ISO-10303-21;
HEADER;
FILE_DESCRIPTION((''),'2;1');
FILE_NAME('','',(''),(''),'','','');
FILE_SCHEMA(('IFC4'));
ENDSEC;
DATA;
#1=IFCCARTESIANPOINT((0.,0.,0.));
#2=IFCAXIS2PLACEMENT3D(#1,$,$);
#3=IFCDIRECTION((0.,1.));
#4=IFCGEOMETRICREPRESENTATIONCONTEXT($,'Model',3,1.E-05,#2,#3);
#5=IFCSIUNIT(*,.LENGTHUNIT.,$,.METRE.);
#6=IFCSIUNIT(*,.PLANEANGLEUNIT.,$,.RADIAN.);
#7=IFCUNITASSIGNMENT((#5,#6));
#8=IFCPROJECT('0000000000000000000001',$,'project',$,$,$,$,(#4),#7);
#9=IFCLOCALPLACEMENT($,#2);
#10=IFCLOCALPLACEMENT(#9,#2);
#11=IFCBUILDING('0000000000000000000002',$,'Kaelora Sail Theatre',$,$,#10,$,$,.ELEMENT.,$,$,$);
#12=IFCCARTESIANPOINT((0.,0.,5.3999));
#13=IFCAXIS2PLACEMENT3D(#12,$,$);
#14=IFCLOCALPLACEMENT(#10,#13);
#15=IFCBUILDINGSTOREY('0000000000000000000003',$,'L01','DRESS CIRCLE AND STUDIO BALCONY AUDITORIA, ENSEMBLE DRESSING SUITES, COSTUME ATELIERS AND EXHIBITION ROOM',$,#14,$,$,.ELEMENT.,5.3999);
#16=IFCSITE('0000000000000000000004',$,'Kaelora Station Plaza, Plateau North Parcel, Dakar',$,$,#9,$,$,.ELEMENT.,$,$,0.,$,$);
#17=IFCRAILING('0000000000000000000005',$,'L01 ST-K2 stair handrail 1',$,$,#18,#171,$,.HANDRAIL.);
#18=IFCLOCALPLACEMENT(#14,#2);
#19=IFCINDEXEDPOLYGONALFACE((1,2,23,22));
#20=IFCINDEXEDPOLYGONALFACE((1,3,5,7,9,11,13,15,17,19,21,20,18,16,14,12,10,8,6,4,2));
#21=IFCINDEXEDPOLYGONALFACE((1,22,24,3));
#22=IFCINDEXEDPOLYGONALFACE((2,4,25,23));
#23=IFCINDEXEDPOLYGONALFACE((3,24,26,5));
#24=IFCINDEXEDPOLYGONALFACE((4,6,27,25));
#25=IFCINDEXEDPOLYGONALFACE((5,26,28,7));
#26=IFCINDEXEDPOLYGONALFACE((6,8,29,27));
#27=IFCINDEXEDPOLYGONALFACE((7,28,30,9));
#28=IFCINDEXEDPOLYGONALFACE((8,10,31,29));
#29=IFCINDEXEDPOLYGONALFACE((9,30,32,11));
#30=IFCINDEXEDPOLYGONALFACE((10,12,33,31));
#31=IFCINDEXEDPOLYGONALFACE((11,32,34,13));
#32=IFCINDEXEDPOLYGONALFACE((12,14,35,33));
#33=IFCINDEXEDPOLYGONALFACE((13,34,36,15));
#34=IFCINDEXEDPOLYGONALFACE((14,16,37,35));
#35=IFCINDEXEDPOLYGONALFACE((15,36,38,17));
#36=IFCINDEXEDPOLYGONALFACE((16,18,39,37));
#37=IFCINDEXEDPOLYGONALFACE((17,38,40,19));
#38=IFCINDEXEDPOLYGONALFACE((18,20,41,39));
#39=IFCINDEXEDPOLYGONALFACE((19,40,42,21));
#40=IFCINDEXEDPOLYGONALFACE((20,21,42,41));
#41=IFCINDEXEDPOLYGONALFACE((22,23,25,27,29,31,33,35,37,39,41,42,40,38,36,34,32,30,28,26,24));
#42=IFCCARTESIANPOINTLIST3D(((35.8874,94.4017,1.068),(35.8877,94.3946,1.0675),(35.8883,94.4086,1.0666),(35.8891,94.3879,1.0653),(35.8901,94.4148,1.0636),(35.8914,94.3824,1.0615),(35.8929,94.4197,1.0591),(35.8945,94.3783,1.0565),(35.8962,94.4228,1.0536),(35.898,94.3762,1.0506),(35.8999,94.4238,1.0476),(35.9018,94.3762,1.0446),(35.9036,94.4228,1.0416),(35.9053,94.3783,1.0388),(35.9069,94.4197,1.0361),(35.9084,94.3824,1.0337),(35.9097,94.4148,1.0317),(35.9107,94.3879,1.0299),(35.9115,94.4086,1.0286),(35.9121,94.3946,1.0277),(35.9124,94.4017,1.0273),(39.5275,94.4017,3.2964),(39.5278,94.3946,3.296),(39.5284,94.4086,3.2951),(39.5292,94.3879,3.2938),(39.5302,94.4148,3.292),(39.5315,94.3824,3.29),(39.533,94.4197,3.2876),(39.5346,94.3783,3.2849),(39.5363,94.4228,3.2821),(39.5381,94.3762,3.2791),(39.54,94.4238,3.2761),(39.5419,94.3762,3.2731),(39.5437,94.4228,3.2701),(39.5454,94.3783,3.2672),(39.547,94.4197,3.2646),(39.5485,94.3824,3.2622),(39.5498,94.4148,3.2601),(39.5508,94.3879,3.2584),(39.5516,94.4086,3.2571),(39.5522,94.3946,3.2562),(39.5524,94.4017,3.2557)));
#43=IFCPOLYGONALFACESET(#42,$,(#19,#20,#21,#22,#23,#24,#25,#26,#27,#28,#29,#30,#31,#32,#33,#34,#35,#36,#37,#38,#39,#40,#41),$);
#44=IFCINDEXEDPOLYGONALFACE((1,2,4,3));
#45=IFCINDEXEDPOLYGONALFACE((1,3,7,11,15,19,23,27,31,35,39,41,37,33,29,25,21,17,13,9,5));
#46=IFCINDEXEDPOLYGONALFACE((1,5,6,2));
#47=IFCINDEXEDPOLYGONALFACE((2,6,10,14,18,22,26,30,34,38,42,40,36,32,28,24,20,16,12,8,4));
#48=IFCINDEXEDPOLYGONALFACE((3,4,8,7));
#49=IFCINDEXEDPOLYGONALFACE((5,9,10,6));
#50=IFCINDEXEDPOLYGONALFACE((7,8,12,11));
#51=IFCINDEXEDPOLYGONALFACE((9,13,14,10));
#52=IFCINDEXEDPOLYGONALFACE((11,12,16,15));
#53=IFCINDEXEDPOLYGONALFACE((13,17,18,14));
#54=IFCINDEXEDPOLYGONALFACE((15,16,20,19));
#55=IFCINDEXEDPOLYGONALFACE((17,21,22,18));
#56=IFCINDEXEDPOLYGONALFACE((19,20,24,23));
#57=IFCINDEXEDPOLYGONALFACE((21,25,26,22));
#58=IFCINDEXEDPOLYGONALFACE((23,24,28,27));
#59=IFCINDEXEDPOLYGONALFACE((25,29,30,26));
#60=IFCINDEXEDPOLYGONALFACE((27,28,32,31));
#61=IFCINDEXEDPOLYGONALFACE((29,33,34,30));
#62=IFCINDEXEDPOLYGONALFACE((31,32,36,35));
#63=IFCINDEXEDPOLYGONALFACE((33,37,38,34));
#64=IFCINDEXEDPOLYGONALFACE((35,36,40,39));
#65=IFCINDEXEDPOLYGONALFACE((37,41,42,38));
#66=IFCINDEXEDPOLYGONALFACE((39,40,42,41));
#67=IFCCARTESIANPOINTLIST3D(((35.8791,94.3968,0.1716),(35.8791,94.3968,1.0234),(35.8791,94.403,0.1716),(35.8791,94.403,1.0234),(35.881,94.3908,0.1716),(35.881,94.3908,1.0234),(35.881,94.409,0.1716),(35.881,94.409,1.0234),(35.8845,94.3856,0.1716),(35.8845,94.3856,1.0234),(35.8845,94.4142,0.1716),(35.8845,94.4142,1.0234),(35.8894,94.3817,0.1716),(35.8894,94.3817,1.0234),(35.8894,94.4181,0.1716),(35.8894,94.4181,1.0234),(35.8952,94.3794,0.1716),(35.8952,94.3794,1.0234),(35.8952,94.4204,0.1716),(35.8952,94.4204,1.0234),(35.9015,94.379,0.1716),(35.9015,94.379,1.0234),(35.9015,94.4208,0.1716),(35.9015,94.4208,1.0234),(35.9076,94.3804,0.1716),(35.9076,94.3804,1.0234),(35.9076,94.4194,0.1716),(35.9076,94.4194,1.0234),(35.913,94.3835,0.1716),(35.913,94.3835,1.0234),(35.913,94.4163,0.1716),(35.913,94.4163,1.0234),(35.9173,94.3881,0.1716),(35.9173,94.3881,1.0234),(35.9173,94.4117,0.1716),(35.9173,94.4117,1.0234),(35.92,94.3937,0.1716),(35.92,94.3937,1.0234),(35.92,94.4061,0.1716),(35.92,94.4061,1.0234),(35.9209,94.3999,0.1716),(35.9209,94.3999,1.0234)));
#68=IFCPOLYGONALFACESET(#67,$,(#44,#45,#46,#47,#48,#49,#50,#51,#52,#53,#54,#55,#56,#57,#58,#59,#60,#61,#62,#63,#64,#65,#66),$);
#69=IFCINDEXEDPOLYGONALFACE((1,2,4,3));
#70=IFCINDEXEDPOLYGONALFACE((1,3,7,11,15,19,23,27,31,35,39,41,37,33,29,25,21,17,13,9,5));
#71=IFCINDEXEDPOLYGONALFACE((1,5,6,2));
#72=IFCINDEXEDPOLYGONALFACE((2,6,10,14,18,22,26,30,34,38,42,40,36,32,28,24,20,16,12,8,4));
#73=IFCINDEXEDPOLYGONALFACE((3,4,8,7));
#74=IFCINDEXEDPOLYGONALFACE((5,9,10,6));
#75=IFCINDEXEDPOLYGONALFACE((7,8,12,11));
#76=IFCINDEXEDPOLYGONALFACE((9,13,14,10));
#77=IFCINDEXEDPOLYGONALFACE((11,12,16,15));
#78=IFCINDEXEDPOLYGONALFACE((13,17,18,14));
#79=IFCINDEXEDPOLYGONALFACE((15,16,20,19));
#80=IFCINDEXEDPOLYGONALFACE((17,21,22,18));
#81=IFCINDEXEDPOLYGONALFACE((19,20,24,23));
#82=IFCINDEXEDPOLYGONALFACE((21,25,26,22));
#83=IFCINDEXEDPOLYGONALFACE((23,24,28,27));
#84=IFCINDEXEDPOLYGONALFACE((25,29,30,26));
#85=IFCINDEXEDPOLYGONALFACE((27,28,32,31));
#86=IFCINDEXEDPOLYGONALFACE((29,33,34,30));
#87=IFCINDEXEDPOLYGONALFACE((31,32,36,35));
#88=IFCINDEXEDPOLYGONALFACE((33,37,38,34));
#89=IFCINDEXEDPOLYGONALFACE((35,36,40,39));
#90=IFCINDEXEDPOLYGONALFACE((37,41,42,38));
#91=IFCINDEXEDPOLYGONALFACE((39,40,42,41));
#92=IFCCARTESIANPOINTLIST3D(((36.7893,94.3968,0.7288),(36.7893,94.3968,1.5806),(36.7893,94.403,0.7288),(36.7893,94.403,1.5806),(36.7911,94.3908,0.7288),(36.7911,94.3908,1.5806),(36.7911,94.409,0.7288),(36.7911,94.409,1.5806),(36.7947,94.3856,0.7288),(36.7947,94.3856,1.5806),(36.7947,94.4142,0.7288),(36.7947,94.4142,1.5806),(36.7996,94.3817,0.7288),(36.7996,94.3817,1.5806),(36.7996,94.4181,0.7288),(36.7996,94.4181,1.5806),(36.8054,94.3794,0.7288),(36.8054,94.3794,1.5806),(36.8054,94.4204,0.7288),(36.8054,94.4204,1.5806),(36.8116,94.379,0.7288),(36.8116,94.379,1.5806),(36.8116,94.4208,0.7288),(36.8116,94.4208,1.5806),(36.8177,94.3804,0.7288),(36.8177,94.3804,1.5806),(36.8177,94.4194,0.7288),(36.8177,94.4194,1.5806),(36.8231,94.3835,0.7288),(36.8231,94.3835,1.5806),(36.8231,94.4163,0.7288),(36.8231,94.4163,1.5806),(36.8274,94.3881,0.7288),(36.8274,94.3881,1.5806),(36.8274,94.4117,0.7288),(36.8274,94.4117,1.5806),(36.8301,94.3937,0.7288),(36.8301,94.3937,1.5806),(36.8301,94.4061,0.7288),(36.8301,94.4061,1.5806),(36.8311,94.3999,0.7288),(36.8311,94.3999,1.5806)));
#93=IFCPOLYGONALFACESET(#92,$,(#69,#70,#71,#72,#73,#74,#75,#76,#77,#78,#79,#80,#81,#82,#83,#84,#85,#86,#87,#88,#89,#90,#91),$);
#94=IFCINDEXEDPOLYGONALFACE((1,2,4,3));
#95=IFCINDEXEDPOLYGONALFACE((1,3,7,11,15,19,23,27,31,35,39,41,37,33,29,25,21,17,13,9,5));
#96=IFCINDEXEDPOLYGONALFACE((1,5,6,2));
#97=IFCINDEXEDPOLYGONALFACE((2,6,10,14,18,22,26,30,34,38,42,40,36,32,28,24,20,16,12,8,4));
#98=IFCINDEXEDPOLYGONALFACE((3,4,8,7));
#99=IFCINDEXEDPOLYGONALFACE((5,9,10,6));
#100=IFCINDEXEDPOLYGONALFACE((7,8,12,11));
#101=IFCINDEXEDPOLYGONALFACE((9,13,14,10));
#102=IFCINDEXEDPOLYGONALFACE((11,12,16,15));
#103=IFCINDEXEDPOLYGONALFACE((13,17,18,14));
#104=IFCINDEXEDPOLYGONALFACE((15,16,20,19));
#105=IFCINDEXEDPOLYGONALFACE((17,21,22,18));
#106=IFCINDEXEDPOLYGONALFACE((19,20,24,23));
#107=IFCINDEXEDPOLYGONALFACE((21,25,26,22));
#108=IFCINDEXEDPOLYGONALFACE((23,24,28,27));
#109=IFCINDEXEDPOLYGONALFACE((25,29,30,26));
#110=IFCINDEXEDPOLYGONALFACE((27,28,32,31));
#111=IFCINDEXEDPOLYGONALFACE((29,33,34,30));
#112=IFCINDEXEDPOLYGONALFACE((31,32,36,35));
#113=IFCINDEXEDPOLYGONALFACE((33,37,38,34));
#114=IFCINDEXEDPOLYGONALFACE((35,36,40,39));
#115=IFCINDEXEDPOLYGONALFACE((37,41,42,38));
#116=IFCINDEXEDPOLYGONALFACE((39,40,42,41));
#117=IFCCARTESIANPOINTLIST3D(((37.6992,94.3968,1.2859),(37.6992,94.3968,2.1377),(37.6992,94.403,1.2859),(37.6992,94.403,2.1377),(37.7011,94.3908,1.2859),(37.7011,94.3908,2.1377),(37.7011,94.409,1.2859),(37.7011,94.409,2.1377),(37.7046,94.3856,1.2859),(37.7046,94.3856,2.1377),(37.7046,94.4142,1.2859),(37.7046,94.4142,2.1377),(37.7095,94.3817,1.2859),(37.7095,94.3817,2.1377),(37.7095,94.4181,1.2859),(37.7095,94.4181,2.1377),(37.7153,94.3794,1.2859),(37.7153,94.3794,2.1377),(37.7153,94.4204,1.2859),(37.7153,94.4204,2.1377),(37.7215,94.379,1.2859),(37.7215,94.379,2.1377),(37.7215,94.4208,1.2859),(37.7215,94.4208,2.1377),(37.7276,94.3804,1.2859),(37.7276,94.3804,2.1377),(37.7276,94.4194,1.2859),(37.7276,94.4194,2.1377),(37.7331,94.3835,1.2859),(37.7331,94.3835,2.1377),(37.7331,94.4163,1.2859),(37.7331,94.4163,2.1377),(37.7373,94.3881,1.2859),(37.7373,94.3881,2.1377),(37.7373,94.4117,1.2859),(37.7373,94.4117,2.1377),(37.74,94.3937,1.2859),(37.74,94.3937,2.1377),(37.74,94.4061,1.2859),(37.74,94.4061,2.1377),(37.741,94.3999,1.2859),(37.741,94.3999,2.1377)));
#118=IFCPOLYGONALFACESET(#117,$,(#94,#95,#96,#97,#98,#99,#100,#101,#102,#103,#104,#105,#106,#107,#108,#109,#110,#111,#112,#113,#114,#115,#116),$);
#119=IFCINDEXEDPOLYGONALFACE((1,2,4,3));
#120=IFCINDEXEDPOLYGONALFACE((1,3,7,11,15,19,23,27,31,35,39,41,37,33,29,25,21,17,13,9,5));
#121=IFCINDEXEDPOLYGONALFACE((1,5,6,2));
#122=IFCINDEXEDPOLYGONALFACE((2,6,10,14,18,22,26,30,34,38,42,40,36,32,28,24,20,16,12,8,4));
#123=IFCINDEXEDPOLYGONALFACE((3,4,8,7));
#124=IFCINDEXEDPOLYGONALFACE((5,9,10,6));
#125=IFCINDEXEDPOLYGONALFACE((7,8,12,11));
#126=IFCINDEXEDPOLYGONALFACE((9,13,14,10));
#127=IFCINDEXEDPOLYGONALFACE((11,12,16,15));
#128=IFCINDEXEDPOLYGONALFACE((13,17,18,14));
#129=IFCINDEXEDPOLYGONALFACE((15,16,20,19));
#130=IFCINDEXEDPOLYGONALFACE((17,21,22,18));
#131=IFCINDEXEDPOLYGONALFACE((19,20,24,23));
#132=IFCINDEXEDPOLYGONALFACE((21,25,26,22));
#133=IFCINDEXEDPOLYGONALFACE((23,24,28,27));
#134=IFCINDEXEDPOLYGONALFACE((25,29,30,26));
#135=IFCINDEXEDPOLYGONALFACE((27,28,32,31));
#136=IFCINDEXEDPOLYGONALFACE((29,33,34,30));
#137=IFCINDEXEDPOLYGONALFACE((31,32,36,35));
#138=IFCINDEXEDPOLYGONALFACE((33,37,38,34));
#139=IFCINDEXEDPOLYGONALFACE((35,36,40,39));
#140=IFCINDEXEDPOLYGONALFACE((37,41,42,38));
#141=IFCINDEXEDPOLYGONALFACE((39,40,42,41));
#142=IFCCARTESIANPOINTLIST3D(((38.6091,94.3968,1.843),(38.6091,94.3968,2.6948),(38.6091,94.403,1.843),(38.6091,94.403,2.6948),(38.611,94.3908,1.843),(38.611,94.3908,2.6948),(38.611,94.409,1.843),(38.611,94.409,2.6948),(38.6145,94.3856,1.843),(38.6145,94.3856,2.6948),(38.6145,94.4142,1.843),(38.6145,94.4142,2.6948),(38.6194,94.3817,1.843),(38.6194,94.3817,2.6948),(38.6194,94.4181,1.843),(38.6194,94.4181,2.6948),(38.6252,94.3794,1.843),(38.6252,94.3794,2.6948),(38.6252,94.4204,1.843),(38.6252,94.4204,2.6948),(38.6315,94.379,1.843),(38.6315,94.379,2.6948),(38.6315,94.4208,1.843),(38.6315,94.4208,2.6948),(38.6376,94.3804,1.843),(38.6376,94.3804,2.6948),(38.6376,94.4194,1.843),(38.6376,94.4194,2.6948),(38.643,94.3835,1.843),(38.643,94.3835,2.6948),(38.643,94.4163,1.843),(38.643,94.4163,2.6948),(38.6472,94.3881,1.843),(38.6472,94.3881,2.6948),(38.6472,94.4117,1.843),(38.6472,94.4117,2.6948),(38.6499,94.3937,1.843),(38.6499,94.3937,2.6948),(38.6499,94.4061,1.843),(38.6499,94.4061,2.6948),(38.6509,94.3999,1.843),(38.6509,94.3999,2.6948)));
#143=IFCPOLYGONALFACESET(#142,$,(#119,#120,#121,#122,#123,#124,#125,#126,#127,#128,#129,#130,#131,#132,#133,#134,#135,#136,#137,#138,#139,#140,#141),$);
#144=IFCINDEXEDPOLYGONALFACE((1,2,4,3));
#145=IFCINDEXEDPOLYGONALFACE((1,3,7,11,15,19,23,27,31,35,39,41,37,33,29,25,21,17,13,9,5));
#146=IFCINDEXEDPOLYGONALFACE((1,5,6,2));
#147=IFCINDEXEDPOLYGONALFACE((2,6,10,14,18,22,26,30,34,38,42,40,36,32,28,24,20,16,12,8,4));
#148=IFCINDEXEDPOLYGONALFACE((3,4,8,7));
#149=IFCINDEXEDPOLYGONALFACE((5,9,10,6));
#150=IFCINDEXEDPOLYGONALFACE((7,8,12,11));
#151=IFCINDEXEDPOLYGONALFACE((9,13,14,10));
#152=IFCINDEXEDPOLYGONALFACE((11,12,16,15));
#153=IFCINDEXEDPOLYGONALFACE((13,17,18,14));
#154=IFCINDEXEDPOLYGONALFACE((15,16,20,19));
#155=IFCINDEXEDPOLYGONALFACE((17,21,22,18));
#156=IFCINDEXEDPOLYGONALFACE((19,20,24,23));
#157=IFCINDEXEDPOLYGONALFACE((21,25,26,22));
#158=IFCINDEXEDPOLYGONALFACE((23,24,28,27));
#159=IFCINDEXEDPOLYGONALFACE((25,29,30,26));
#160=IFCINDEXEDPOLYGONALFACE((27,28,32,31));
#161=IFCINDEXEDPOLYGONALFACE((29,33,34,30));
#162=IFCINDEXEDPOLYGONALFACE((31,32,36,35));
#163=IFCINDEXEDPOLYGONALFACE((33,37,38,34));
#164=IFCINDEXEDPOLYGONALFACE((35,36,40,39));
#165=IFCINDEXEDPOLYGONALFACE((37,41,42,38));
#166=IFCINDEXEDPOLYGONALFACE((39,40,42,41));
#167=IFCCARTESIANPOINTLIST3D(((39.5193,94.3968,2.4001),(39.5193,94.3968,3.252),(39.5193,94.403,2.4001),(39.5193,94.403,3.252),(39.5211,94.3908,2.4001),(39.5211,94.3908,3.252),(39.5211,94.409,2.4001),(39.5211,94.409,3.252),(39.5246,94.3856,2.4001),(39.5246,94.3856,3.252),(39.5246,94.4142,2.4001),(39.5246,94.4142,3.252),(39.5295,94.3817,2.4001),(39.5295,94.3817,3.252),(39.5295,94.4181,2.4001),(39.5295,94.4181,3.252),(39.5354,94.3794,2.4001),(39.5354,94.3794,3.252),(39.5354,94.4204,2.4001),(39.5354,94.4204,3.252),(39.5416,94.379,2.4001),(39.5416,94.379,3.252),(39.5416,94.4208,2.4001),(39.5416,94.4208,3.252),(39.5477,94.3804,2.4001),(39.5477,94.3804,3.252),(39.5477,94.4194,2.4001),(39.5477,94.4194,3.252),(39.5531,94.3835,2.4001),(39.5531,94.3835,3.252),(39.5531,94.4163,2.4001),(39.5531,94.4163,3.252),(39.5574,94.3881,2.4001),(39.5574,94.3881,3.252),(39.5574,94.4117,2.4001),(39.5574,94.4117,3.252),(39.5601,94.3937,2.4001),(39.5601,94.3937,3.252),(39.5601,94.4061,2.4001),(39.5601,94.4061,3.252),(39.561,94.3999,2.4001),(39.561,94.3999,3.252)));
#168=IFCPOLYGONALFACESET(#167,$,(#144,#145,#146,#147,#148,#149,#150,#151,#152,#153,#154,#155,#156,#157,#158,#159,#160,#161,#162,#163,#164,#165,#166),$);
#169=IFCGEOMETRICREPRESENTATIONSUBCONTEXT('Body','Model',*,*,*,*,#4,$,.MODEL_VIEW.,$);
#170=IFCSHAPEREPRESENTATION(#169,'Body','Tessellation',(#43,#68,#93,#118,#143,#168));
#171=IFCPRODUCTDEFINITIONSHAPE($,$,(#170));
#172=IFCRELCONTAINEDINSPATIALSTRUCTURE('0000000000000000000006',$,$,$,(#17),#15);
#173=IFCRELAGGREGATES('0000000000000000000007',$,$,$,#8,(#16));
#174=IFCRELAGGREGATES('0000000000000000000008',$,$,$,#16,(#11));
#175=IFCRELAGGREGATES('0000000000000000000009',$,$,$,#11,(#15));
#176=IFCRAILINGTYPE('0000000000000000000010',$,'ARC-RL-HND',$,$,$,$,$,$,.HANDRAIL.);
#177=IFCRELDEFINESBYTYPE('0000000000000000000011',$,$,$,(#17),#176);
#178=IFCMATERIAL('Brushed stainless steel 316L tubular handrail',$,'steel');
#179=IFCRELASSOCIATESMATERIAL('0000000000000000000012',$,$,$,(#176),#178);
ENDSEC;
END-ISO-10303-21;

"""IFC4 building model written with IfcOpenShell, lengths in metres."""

from ifc_helpers import new_model, si_unit, direction, frame, origin, origin_2d, place, context, subcontext, project, spatial, circle, extrude, material, type_object, element, save


model = new_model("IFC4")

# Units and contexts
model_context = context("Model", 3, precision=1e-05, world=origin(), true_north=direction((0.0, 1.0)))
body_context = subcontext(model_context, "Body", "Model", "MODEL_VIEW")
ifc_project = project(units=[si_unit("LENGTHUNIT", "METRE"), si_unit("PLANEANGLEUNIT", "RADIAN")], contexts=[model_context])

# Site, building, storey
site_placement = place(None, origin())
site = spatial("IfcSite", under=ifc_project, at=site_placement, Name="Kaelora Station Plaza, Plateau North Parcel, Dakar", CompositionType="ELEMENT", RefElevation=0.0)
building_placement = place(site_placement, origin())
building = spatial("IfcBuilding", under=site, at=building_placement, Name="Kaelora Sail Theatre", CompositionType="ELEMENT")
storey_placement = place(building_placement, frame((0.0, 0.0, 5.3999)))
storey = spatial("IfcBuildingStorey", under=building, at=storey_placement, Name="L01", Description="DRESS CIRCLE AND STUDIO BALCONY AUDITORIA, ENSEMBLE DRESSING SUITES, COSTUME ATELIERS AND EXHIBITION ROOM", CompositionType="ELEMENT", Elevation=5.3999)

# Railing
ifc_material_1 = material(Name="Brushed stainless steel 316L tubular handrail", Category="steel")
railing_type_1 = type_object("IfcRailingType", Name="ARC-RL-HND", PredefinedType="HANDRAIL", material=ifc_material_1)
railing_1_placement = place(storey_placement, frame((35.8999, 94.3999, 0.1716)))
element("IfcRailing", 1, at=railing_1_placement, inside=storey, type_object=railing_type_1, Name="L01 ST-K2 stair handrail 1", PredefinedType="HANDRAIL", context=body_context, shape_type="SweptSolid", body=[
    extrude(circle(Radius=0.0239, at=origin_2d()), frame((0.0, 0.0, 0.876), z_axis=(0.852866, 0.0, 0.52213), x_axis=(0.0, 1.0, 0.0)), (0.0, 0.0, 1.0), 4.2681),
    extrude(circle(Radius=0.021, at=origin_2d()), origin(), (0.0, 0.0, 1.0), 0.8518),
    extrude(circle(Radius=0.021, at=origin_2d()), frame((0.9102, 0.0, 0.5571)), (0.0, 0.0, 1.0), 0.8518),
    extrude(circle(Radius=0.021, at=origin_2d()), frame((1.8201, 0.0, 1.1143)), (0.0, 0.0, 1.0), 0.8518),
    extrude(circle(Radius=0.021, at=origin_2d()), frame((2.73, 0.0, 1.6714)), (0.0, 0.0, 1.0), 0.8518),
    extrude(circle(Radius=0.021, at=origin_2d()), frame((3.6401, 0.0, 2.2285)), (0.0, 0.0, 1.0), 0.8518),
])

save(model, "model.ifc")
